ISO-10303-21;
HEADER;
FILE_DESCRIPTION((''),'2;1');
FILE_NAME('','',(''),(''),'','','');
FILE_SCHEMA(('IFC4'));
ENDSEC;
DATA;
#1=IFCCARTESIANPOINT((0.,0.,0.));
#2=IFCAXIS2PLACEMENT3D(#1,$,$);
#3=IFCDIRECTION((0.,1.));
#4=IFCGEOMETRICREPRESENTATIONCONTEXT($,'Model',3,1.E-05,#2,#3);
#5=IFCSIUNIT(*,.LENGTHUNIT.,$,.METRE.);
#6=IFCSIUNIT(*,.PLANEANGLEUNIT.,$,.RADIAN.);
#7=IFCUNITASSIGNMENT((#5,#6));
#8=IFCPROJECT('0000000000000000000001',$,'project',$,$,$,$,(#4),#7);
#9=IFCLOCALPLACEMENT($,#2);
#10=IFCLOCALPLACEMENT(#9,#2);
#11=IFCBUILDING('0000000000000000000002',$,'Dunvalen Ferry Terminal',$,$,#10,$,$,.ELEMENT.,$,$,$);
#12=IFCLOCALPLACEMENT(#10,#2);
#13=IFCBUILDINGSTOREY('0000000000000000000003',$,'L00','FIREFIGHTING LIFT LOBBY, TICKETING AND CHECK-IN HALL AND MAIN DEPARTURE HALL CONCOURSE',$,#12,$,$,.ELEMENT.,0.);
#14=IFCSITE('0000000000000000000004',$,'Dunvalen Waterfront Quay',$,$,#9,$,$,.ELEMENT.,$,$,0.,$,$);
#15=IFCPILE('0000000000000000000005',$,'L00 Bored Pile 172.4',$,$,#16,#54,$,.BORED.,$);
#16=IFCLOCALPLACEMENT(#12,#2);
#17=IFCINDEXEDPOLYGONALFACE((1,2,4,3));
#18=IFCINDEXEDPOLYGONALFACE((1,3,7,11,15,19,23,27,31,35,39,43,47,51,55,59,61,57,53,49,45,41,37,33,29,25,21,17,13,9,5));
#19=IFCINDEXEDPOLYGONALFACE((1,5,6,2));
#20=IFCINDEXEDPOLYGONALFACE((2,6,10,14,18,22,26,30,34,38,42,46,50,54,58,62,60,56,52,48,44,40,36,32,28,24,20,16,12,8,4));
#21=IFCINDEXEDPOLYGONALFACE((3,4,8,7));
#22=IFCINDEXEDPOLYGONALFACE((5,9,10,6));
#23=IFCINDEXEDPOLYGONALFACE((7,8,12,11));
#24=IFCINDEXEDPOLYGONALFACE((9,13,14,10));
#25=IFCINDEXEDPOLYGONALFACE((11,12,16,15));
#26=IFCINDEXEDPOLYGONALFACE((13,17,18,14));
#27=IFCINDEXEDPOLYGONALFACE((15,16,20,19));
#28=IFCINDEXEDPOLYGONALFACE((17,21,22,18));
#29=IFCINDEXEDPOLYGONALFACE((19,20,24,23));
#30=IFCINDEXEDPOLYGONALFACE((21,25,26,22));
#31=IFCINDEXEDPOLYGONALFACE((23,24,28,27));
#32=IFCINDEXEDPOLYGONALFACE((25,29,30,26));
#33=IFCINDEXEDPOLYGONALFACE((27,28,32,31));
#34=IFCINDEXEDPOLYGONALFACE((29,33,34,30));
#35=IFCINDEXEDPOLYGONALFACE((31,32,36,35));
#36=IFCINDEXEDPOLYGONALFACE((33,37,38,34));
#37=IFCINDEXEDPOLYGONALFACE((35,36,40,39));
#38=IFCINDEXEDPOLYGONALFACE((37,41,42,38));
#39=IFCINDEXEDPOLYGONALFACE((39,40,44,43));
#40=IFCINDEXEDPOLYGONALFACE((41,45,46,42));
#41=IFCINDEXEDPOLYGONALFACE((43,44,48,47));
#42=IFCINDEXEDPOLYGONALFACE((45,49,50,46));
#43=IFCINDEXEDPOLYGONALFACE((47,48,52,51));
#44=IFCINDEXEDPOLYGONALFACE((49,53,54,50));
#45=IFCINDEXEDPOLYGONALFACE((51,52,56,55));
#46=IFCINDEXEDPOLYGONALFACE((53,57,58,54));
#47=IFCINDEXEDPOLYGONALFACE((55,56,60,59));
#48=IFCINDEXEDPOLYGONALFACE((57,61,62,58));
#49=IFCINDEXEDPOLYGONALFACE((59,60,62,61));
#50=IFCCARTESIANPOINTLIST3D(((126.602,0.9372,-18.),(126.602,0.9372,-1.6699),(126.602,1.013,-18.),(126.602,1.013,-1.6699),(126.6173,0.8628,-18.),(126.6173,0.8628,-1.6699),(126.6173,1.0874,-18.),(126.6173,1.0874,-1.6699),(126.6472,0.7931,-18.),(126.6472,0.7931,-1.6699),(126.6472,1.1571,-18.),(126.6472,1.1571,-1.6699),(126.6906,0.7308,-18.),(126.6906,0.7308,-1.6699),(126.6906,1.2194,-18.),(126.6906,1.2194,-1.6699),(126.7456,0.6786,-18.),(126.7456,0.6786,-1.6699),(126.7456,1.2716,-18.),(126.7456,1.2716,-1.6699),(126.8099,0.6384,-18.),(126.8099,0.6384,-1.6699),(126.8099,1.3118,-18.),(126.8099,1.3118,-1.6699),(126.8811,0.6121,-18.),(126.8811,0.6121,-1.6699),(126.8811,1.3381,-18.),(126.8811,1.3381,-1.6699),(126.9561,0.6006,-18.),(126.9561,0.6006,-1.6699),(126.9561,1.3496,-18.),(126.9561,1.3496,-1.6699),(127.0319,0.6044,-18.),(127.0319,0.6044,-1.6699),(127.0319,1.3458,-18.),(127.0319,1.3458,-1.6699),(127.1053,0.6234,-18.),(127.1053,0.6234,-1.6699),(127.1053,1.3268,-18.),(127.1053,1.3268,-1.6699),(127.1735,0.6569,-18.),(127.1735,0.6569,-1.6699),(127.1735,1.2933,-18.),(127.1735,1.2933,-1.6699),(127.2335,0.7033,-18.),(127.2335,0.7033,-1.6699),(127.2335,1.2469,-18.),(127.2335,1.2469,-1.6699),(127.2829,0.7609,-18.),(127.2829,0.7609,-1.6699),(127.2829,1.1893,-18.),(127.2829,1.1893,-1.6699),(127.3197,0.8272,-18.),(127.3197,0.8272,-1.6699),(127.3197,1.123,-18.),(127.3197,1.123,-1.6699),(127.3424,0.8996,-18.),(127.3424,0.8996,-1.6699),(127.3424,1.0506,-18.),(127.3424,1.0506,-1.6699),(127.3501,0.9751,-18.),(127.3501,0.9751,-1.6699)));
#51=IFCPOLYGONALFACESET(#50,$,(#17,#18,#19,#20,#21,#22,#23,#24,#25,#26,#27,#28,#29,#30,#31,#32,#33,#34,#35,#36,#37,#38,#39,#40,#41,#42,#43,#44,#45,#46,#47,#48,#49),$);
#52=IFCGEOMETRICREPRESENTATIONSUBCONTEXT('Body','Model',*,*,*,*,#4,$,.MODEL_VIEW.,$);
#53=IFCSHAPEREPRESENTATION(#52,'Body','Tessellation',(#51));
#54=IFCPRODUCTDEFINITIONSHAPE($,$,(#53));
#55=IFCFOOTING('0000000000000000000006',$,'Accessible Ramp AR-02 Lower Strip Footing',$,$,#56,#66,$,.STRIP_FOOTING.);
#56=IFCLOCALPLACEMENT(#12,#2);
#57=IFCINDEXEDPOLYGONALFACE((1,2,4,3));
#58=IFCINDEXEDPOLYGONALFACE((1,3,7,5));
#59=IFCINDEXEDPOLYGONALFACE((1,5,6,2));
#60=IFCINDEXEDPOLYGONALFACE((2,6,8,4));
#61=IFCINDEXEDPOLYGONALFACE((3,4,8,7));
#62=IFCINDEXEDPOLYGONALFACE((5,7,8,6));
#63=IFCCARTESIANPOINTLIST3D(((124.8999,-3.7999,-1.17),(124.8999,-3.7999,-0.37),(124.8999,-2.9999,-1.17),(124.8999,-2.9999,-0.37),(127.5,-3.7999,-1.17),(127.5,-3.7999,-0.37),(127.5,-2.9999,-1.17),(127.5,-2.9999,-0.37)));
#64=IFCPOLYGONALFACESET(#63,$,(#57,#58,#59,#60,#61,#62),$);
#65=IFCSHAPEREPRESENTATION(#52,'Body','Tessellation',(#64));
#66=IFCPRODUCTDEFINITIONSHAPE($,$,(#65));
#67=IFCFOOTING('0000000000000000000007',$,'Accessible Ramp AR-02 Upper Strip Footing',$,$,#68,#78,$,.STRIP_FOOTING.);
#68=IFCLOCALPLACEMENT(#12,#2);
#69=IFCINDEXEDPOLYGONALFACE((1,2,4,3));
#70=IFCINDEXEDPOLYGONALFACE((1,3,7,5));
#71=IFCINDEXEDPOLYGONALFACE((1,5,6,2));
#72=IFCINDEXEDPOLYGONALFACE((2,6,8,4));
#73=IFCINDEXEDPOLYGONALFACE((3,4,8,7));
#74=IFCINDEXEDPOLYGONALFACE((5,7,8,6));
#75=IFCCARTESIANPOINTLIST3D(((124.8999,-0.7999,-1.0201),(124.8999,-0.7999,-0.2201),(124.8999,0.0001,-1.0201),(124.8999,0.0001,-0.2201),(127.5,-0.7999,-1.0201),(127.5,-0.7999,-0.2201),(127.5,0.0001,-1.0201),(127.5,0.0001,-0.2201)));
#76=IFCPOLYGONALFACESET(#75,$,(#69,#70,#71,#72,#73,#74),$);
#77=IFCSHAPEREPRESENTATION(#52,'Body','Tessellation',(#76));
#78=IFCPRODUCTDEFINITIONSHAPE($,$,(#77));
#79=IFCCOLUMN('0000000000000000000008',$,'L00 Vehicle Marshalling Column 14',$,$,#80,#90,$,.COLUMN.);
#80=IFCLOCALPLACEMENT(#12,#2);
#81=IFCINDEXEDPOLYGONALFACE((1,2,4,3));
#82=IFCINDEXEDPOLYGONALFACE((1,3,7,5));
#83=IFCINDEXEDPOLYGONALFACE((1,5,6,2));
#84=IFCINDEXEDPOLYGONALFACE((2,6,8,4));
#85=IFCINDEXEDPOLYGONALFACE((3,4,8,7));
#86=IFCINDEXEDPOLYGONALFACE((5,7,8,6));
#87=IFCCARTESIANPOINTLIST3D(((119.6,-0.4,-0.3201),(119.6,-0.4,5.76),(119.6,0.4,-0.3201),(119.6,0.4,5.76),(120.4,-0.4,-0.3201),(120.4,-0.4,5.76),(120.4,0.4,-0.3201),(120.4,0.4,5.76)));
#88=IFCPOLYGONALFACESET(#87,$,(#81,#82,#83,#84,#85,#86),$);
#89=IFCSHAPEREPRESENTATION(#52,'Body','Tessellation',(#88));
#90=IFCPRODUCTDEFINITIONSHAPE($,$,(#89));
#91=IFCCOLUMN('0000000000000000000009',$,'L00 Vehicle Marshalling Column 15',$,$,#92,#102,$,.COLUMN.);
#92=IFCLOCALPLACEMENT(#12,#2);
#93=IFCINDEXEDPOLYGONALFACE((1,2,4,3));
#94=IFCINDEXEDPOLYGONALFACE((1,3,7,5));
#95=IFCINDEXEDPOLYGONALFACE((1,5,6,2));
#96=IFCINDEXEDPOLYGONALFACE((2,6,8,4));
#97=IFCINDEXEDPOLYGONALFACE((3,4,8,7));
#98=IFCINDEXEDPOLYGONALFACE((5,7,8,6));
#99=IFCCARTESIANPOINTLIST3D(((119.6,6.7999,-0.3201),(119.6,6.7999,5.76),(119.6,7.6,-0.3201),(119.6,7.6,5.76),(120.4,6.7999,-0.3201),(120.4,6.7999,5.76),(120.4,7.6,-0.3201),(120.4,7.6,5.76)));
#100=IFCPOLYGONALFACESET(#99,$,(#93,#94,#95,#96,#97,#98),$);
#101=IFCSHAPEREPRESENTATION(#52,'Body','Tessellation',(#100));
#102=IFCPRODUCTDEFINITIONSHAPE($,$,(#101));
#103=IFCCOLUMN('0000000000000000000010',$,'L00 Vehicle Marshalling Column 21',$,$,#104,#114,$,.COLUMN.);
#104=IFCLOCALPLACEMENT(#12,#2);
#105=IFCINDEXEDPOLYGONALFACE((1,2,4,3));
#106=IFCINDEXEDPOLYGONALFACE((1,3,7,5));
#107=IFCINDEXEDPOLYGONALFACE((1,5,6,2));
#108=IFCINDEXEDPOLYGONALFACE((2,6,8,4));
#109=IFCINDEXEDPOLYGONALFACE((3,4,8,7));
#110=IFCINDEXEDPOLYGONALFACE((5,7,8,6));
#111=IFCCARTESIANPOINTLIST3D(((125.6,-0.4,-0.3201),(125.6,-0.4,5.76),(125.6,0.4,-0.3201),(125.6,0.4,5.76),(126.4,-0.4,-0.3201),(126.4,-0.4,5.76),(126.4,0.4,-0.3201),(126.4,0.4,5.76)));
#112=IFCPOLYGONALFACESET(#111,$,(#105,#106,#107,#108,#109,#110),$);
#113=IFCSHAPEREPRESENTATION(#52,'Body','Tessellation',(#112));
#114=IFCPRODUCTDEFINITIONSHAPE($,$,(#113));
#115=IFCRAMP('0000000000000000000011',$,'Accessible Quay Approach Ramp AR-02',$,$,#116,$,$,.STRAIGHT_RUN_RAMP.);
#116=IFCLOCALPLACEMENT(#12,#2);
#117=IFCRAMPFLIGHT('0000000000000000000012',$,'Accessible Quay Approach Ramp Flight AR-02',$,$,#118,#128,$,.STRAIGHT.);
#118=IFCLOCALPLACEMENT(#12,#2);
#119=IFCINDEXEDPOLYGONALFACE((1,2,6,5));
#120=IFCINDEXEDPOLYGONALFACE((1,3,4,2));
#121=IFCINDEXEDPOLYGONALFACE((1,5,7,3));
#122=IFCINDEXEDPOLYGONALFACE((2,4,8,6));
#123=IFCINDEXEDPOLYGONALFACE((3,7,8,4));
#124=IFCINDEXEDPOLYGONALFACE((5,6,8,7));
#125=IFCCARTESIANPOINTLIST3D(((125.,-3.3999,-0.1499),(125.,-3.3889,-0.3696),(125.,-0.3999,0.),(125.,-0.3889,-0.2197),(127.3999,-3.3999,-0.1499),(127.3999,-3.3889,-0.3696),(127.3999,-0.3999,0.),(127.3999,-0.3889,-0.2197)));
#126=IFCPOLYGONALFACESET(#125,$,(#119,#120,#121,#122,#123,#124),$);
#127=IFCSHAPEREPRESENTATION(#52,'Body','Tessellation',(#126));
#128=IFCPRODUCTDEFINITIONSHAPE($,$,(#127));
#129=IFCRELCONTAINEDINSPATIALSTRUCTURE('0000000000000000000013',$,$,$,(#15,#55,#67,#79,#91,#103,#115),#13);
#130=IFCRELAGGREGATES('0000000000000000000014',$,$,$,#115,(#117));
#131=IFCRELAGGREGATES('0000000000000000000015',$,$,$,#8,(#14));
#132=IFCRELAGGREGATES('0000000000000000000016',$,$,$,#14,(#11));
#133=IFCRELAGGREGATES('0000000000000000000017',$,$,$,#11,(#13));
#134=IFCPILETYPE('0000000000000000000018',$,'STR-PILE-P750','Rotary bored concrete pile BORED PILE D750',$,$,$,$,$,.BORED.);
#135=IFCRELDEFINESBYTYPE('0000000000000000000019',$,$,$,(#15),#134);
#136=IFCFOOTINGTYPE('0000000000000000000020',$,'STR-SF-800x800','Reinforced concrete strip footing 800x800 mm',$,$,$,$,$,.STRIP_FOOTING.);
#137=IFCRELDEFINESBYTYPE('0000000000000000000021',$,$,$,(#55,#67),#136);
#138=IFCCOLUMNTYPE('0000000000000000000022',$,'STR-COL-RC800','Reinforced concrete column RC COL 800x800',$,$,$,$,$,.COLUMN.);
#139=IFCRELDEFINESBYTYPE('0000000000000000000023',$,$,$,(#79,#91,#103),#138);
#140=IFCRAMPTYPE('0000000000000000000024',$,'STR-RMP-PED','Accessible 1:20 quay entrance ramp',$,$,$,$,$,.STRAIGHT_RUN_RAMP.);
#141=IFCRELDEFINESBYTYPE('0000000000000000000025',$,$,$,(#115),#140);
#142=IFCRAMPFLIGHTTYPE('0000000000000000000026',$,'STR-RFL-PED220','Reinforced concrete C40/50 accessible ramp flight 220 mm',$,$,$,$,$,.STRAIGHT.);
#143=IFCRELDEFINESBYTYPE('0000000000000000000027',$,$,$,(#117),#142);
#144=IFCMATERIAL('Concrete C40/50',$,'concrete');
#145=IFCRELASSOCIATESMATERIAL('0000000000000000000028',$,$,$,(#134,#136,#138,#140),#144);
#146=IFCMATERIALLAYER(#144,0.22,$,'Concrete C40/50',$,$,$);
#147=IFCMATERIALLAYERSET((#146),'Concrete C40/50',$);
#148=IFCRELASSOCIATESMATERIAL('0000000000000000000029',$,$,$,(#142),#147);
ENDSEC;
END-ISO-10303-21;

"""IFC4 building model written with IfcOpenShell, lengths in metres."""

from ifc_helpers import new_model, si_unit, direction, frame, origin, origin_2d, place, context, subcontext, project, spatial, polyline, rectangle, circle, outline, extrude, material, layer, layer_set, material_profile, profile_set, type_object, element, aggregate, save


model = new_model("IFC4")

# Units and contexts
model_context = context("Model", 3, precision=1e-05, world=origin(), true_north=direction((0.0, 1.0)))
body_context = subcontext(model_context, "Body", "Model", "MODEL_VIEW")
ifc_project = project(units=[si_unit("LENGTHUNIT", "METRE"), si_unit("PLANEANGLEUNIT", "RADIAN")], contexts=[model_context])

# Site, building, storey
site_placement = place(None, origin())
site = spatial("IfcSite", under=ifc_project, at=site_placement, Name="Dunvalen Waterfront Quay", CompositionType="ELEMENT", RefElevation=0.0)
building_placement = place(site_placement, origin())
building = spatial("IfcBuilding", under=site, at=building_placement, Name="Dunvalen Ferry Terminal", CompositionType="ELEMENT")
storey_placement = place(building_placement, origin())
storey = spatial("IfcBuildingStorey", under=building, at=storey_placement, Name="L00", Description="FIREFIGHTING LIFT LOBBY, TICKETING AND CHECK-IN HALL AND MAIN DEPARTURE HALL CONCOURSE", CompositionType="ELEMENT", Elevation=0.0)

# Shared definitions
ifc_material_1 = material(Name="Concrete C40/50", Category="concrete")

# Pile
ifc_material_profile_1 = material_profile(ifc_material_1, circle(Radius=0.375, at=origin_2d()), Name="Concrete C40/50")
ifc_profile_set_1 = profile_set([ifc_material_profile_1], Name="Concrete C40/50")
pile_type = type_object("IfcPileType", Name="STR-PILE-P750", Description="Rotary bored concrete pile BORED PILE D750", PredefinedType="BORED", material=ifc_profile_set_1)
for number, where, z_axis, x_axis, name in (
    (1, (126.9751, 0.9751, -1.6699), (0.0, 0.0, -1.0), (1.0, 0.0, 0.0), "L00 Bored Pile 172.4"),
):
    element("IfcPile", number, at=place(storey_placement, frame(where, z_axis=z_axis, x_axis=x_axis)), inside=storey, type_object=pile_type, Name=name, PredefinedType="BORED", context=body_context, shape_type="SweptSolid", body=[
        extrude(circle(Radius=0.375, at=origin_2d()), origin(), (0.0, 0.0, 1.0), 16.3301),
    ])

# Footings
ifc_material_profile_2 = material_profile(ifc_material_1, rectangle(XDim=0.8, YDim=0.8, at=origin_2d()), Name="Concrete C40/50")
ifc_profile_set_2 = profile_set([ifc_material_profile_2], Name="Concrete C40/50")
footing_type_1 = type_object("IfcFootingType", Name="STR-SF-800x800", Description="Reinforced concrete strip footing 800x800 mm", PredefinedType="STRIP_FOOTING", material=ifc_profile_set_2)
for number, where, z_axis, x_axis, name in (
    (2, (124.8999, -3.3999, -0.77), (1.0, 0.0, 0.0), (0.0, 1.0, 0.0), "Accessible Ramp AR-02 Lower Strip Footing"),
    (3, (124.8999, -0.3999, -0.6201), (1.0, 0.0, 0.0), (0.0, 1.0, 0.0), "Accessible Ramp AR-02 Upper Strip Footing"),
):
    element("IfcFooting", number, at=place(storey_placement, frame(where, z_axis=z_axis, x_axis=x_axis)), inside=storey, type_object=footing_type_1, Name=name, PredefinedType="STRIP_FOOTING", context=body_context, shape_type="SweptSolid", body=[
        extrude(rectangle(XDim=0.8, YDim=0.8, at=origin_2d()), origin(), (0.0, 0.0, 1.0), 2.6001),
    ])

# Columns
ifc_material_profile_3 = material_profile(ifc_material_1, rectangle(XDim=0.8, YDim=0.8, at=origin_2d()), Name="Concrete C40/50")
ifc_profile_set_3 = profile_set([ifc_material_profile_3], Name="Concrete C40/50")
column_type = type_object("IfcColumnType", Name="STR-COL-RC800", Description="Reinforced concrete column RC COL 800x800", PredefinedType="COLUMN", material=ifc_profile_set_3)
for number, where, z_axis, x_axis, name in (
    (4, (120.0, 0.0, -0.3201), (0.0, 0.0, 1.0), (1.0, 0.0, 0.0), "L00 Vehicle Marshalling Column 14"),
    (5, (120.0, 7.2, -0.3201), (0.0, 0.0, 1.0), (1.0, 0.0, 0.0), "L00 Vehicle Marshalling Column 15"),
    (6, (126.0, 0.0, -0.3201), (0.0, 0.0, 1.0), (1.0, 0.0, 0.0), "L00 Vehicle Marshalling Column 21"),
):
    element("IfcColumn", number, at=place(storey_placement, frame(where, z_axis=z_axis, x_axis=x_axis)), inside=storey, type_object=column_type, Name=name, PredefinedType="COLUMN", context=body_context, shape_type="SweptSolid", body=[
        extrude(rectangle(XDim=0.8, YDim=0.8, at=origin_2d()), origin(), (0.0, 0.0, 1.0), 6.0801),
    ])

# Ramp, ramp flight
ramp_type = type_object("IfcRampType", Name="STR-RMP-PED", Description="Accessible 1:20 quay entrance ramp", PredefinedType="STRAIGHT_RUN_RAMP", material=ifc_material_1)
ramp_placement = place(storey_placement, origin())
ramp = element("IfcRamp", 7, at=ramp_placement, inside=storey, type_object=ramp_type, Name="Accessible Quay Approach Ramp AR-02", PredefinedType="STRAIGHT_RUN_RAMP")
ifc_layer_1 = layer(ifc_material_1, 0.22, Name="Concrete C40/50")
ifc_layer_set_1 = layer_set([ifc_layer_1], Name="Concrete C40/50")
ramp_flight_type = type_object("IfcRampFlightType", Name="STR-RFL-PED220", Description="Reinforced concrete C40/50 accessible ramp flight 220 mm", PredefinedType="STRAIGHT", material=ifc_layer_set_1)
ramp_flight_placement = place(storey_placement, frame((125.0, -3.3999, -0.1499), z_axis=(0.0, -0.049905, 0.998754), x_axis=(1.0, 0.0, 0.0)))
ramp_flight = element("IfcRampFlight", 8, at=ramp_flight_placement, type_object=ramp_flight_type, Name="Accessible Quay Approach Ramp Flight AR-02", PredefinedType="STRAIGHT", context=body_context, shape_type="SweptSolid", body=[
    extrude(outline(polyline([(0.0, 0.0), (2.3999, 0.0), (2.3999, 3.0037), (0.0, 3.0037), (0.0, 0.0)])), origin(), (0.0, 0.0, -1.0), 0.22),
])
aggregate(ramp, [ramp_flight])

save(model, "model.ifc")
